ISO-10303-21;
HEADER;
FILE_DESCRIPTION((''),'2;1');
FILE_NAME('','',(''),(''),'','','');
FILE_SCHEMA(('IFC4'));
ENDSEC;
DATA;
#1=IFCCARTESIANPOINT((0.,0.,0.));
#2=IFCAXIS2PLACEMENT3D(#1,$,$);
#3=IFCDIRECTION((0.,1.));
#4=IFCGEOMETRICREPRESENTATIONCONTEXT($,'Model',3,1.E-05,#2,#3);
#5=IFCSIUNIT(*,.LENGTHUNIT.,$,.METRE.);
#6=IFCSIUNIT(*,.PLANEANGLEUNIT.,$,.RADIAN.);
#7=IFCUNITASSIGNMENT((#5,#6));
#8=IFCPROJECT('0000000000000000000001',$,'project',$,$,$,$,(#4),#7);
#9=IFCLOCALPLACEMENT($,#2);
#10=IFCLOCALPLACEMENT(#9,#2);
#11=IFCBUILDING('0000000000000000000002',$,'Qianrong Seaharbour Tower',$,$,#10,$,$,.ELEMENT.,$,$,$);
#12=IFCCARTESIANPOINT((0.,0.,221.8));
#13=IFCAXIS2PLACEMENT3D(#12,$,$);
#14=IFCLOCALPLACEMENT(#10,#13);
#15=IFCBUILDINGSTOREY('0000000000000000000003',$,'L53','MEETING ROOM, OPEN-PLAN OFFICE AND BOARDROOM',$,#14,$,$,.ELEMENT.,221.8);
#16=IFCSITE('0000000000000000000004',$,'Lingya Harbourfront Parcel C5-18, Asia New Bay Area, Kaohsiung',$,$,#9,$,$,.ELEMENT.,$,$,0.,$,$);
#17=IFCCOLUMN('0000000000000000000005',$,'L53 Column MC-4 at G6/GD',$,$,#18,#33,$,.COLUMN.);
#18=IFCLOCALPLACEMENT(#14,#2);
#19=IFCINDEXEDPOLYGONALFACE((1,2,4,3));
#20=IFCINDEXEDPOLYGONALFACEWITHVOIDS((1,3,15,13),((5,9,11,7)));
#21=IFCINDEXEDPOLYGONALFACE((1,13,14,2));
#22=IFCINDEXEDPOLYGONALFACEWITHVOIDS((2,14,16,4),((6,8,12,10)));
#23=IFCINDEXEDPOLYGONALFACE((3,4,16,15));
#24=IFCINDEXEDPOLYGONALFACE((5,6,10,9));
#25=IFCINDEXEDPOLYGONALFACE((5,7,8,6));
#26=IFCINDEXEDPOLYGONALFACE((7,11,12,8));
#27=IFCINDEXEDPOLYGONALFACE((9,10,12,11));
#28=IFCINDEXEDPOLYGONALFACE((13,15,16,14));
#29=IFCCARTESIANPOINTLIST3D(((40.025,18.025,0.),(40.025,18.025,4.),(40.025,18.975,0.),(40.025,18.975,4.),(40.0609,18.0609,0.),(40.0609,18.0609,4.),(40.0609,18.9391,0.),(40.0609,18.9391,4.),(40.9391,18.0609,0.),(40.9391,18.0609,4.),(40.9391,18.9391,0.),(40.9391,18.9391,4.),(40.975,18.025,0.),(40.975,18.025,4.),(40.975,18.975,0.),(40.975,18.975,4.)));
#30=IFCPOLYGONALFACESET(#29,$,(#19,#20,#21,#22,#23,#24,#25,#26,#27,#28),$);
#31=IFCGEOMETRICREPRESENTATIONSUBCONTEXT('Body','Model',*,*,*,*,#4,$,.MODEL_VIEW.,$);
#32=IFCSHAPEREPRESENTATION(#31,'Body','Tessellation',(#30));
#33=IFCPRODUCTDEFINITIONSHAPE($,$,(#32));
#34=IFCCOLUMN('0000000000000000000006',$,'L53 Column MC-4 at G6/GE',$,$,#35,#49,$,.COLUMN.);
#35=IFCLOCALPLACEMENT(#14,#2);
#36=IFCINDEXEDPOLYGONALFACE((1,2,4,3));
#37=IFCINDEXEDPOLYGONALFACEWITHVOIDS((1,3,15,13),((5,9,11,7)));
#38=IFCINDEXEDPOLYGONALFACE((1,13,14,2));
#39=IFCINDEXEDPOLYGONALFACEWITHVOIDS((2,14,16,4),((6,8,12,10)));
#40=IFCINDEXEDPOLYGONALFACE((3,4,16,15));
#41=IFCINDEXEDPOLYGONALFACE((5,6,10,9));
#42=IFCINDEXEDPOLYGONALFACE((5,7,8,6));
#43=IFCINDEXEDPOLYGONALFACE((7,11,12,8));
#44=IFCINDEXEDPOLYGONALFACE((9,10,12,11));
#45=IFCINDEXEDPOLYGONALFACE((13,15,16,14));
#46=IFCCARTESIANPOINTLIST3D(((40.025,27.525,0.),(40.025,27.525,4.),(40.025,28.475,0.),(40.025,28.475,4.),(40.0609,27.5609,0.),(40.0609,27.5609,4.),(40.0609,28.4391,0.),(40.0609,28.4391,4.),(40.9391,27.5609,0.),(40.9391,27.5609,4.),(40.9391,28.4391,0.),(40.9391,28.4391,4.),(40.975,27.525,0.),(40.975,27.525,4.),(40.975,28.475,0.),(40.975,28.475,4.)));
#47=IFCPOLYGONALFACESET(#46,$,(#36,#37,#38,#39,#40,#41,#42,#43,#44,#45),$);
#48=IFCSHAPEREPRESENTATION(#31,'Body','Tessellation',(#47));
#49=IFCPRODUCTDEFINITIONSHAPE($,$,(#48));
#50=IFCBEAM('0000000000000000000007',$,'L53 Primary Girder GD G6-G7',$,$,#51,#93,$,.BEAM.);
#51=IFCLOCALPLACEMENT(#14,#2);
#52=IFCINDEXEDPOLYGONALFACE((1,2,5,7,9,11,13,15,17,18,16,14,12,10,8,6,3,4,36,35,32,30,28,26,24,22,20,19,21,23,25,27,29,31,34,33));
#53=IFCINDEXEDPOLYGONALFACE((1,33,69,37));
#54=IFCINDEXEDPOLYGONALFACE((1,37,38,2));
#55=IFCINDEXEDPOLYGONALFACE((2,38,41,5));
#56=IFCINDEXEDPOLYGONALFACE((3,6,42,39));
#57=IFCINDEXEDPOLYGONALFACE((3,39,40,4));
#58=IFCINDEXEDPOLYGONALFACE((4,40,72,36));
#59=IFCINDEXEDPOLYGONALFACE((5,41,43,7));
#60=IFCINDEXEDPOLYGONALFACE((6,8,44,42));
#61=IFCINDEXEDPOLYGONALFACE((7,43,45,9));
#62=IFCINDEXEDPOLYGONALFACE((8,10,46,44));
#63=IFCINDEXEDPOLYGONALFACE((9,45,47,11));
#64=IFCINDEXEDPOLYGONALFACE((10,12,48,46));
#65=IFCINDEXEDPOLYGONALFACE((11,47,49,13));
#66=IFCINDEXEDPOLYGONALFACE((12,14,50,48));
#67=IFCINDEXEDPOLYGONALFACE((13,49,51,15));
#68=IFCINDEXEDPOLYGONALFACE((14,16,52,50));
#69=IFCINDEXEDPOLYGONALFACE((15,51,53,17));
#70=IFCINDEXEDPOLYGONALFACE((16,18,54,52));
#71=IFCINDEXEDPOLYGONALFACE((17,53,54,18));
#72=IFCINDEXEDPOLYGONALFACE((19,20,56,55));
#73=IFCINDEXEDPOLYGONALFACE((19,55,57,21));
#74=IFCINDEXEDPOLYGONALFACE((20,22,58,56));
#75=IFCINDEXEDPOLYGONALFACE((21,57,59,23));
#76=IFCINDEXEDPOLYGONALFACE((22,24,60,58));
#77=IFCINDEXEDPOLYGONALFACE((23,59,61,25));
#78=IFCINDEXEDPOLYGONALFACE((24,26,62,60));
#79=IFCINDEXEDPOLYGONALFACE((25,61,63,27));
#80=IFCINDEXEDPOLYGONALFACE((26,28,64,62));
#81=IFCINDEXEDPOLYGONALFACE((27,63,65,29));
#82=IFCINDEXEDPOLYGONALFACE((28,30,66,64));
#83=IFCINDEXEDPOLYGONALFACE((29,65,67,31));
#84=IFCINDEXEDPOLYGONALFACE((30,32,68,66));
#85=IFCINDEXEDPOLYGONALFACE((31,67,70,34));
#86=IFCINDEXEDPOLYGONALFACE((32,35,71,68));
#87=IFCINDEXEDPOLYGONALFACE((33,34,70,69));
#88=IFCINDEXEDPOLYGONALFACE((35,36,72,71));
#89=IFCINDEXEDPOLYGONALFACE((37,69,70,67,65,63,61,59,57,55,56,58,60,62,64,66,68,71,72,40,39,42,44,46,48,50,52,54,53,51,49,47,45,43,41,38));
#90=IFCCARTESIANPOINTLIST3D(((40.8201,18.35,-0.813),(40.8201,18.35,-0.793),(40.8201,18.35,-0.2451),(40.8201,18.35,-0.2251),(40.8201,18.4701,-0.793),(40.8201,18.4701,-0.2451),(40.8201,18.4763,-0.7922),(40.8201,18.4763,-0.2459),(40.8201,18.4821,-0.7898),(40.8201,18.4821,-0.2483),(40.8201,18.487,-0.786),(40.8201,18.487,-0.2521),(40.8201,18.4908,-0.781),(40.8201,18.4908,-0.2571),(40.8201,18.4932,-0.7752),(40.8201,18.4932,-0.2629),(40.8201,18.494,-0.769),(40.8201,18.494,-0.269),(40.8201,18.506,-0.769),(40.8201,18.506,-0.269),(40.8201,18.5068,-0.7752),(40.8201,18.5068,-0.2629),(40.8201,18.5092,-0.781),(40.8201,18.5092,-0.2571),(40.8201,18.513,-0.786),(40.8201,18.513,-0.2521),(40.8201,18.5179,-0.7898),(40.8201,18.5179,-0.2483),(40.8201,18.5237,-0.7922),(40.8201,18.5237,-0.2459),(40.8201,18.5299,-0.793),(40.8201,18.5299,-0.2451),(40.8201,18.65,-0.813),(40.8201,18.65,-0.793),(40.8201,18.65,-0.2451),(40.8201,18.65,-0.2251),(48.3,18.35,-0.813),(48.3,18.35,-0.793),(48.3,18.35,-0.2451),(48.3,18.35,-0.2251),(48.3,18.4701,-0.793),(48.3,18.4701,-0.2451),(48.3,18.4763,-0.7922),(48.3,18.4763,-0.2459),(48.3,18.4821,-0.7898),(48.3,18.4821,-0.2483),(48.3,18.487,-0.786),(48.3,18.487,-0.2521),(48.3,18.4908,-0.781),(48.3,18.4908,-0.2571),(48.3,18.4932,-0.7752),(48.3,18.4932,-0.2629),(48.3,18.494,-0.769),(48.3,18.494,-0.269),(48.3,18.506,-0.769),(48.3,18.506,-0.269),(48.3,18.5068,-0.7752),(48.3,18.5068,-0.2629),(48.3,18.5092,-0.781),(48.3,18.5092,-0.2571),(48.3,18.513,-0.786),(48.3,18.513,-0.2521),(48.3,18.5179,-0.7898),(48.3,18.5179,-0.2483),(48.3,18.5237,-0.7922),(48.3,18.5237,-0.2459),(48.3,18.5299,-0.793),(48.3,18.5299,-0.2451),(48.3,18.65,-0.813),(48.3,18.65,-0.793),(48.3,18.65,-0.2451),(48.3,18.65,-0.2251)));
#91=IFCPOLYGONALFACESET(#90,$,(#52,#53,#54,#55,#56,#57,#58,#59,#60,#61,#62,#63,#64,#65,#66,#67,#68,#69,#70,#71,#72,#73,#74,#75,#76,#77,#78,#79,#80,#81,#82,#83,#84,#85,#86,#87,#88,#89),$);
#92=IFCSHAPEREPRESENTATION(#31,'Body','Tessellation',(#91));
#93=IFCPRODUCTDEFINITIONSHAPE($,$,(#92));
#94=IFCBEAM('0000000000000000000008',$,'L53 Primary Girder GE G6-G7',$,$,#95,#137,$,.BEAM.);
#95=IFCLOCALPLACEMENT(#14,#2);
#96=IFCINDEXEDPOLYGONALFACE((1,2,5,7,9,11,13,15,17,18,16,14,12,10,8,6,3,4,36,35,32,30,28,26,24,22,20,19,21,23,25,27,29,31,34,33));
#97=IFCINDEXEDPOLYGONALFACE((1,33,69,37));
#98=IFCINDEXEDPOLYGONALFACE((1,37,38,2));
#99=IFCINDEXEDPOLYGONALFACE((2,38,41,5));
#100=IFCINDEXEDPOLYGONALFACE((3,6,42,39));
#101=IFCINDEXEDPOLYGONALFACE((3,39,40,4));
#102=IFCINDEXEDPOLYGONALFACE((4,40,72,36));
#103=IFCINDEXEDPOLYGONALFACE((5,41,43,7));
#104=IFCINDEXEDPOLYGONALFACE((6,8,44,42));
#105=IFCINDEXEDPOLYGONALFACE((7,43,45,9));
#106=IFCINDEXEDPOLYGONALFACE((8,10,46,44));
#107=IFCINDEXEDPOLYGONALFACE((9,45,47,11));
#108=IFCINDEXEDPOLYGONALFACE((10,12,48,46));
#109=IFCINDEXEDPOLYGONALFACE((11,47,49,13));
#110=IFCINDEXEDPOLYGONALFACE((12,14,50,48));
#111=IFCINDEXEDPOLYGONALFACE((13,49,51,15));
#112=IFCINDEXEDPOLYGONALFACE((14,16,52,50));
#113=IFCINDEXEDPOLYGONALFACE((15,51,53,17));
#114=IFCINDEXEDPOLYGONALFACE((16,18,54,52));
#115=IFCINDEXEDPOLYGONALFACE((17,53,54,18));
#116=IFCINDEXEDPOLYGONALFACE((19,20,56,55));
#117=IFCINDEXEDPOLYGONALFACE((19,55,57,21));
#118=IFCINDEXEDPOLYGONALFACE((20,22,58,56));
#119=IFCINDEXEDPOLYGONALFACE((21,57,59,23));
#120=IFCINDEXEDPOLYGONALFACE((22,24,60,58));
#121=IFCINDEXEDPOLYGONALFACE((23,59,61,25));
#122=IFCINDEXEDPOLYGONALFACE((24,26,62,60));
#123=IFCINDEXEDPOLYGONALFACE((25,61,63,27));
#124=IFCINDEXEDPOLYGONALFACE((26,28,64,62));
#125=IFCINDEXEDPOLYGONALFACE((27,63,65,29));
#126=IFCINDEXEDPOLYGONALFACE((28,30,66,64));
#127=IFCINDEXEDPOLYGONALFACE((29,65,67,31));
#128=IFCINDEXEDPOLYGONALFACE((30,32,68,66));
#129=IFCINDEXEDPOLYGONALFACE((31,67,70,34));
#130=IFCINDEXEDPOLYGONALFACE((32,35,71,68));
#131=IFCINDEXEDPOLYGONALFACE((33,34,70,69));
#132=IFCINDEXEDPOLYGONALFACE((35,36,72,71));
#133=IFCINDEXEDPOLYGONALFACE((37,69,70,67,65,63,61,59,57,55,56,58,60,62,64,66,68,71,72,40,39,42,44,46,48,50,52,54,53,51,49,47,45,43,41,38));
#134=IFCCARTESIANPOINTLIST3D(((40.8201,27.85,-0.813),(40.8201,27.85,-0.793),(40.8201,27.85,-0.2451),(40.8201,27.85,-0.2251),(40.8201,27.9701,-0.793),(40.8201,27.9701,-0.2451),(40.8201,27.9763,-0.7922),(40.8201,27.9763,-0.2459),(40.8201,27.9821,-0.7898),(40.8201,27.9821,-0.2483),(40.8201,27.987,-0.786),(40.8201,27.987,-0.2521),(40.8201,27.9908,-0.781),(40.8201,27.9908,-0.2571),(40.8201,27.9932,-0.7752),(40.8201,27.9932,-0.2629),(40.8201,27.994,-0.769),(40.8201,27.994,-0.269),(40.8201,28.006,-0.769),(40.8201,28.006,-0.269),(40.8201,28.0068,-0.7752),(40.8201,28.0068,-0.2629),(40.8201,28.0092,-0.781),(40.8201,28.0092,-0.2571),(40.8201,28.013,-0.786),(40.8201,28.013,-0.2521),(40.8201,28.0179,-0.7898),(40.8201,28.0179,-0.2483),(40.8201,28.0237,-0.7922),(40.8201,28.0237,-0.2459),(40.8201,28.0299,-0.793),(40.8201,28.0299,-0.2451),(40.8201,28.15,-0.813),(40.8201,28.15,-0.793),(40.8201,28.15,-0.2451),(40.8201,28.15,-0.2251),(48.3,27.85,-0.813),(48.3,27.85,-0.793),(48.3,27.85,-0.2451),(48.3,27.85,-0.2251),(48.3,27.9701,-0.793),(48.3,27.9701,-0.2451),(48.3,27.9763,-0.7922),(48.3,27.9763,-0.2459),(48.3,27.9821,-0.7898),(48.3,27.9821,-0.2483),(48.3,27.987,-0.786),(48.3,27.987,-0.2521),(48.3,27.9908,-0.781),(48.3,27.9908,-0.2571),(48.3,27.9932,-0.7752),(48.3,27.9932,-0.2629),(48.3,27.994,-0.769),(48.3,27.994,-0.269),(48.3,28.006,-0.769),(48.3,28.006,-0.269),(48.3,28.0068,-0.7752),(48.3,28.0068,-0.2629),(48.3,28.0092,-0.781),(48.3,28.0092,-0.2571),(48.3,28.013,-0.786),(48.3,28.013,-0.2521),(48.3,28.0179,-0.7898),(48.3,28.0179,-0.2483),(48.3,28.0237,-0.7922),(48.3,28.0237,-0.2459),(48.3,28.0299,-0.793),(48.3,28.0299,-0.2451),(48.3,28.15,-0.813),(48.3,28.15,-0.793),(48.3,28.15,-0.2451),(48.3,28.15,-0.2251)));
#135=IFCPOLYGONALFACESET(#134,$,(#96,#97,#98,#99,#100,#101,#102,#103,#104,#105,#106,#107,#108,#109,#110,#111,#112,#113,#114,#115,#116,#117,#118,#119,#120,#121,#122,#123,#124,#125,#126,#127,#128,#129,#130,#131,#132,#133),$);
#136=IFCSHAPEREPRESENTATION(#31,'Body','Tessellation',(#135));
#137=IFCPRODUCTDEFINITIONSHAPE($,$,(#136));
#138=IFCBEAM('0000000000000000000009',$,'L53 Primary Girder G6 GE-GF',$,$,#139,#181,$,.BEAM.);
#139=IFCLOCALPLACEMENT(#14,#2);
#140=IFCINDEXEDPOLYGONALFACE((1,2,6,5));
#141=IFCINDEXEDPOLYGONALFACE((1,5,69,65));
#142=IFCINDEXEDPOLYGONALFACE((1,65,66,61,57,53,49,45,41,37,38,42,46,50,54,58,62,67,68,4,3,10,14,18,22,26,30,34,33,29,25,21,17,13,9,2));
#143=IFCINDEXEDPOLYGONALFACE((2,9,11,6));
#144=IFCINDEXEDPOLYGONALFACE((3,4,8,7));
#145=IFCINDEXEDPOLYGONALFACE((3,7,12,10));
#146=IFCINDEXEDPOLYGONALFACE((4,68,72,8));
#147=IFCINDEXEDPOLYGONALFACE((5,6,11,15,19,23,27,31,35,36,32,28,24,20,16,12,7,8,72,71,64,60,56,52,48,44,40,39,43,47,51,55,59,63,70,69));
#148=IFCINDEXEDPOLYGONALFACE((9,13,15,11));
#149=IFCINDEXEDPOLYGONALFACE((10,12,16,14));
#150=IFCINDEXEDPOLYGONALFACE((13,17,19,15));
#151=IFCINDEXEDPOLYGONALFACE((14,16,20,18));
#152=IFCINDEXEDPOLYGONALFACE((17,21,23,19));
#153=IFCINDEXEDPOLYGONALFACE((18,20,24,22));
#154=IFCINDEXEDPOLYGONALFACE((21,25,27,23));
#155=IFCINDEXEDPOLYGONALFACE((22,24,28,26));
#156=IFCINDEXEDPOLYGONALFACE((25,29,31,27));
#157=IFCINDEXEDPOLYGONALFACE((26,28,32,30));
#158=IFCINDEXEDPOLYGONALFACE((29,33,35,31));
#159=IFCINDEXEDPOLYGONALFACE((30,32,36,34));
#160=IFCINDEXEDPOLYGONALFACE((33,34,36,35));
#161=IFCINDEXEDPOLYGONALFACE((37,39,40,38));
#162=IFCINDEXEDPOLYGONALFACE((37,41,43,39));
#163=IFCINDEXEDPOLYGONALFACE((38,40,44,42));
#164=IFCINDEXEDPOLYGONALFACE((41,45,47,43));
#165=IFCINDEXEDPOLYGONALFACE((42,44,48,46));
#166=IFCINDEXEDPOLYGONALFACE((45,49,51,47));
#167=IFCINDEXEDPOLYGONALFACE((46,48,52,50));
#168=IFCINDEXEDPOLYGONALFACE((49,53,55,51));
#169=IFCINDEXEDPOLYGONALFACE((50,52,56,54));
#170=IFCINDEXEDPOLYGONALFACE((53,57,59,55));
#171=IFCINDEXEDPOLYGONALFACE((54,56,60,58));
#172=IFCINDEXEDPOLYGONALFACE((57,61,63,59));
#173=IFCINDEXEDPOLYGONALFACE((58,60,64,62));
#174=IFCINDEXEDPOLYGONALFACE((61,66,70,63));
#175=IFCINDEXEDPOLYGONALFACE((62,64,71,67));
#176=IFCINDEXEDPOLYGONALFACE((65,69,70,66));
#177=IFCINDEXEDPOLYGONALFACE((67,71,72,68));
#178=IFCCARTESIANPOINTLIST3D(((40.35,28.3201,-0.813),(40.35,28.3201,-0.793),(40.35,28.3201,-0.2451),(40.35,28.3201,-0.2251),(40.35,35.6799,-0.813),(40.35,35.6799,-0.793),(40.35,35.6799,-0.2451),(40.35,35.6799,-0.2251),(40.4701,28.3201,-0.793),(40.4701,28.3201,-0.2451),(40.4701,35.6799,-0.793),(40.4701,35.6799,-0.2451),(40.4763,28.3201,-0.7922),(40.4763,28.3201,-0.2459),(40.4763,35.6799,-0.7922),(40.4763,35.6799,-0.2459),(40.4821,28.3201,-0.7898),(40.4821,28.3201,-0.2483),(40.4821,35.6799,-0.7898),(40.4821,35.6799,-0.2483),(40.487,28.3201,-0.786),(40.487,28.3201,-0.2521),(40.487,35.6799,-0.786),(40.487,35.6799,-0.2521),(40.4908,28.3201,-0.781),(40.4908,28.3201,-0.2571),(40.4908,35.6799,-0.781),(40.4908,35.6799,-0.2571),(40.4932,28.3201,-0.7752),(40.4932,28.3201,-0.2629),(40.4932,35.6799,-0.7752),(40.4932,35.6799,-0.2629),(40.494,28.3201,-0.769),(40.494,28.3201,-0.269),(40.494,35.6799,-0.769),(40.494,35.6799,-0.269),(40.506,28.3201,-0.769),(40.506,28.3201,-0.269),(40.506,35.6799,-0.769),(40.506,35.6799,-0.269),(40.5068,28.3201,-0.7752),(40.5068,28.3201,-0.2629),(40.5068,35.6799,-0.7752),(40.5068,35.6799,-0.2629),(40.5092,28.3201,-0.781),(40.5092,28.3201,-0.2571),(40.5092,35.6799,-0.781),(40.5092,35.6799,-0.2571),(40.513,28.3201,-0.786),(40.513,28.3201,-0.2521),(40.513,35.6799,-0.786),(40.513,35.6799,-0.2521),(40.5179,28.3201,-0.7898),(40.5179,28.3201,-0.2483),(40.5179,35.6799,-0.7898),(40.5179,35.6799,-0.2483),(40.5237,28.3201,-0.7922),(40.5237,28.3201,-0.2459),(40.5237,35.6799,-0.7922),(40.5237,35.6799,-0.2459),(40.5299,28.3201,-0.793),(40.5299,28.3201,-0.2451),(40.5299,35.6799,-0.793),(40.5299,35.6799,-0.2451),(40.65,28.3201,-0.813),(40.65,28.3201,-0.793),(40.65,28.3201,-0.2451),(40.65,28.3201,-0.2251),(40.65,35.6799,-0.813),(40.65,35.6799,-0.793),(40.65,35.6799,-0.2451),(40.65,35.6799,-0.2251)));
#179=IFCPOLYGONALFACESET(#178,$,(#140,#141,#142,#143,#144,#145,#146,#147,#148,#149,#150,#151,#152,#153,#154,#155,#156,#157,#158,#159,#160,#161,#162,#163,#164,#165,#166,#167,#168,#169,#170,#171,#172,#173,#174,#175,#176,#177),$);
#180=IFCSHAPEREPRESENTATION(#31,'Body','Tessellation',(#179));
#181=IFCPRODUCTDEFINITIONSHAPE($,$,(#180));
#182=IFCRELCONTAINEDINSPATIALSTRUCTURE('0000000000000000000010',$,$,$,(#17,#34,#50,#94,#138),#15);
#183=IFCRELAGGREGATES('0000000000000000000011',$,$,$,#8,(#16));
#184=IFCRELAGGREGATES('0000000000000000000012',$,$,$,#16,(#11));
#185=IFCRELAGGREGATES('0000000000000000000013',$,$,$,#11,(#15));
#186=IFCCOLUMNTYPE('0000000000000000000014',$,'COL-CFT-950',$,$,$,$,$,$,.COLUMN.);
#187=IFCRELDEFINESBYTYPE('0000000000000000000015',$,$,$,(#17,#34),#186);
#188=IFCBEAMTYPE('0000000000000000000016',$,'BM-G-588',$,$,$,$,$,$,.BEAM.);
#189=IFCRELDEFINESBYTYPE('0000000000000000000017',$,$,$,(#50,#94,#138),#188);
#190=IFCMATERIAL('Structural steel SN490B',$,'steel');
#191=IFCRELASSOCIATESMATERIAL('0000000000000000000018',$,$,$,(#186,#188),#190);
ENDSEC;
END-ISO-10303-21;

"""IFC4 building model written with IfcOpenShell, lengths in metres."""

from ifc_helpers import new_model, si_unit, direction, frame, origin, origin_2d, place, context, subcontext, project, spatial, hollow_rectangle, i_section, extrude, material, material_profile, profile_set, type_object, element, save


model = new_model("IFC4")

# Units and contexts
model_context = context("Model", 3, precision=1e-05, world=origin(), true_north=direction((0.0, 1.0)))
body_context = subcontext(model_context, "Body", "Model", "MODEL_VIEW")
ifc_project = project(units=[si_unit("LENGTHUNIT", "METRE"), si_unit("PLANEANGLEUNIT", "RADIAN")], contexts=[model_context])

# Site, building, storey
site_placement = place(None, origin())
site = spatial("IfcSite", under=ifc_project, at=site_placement, Name="Lingya Harbourfront Parcel C5-18, Asia New Bay Area, Kaohsiung", CompositionType="ELEMENT", RefElevation=0.0)
building_placement = place(site_placement, origin())
building = spatial("IfcBuilding", under=site, at=building_placement, Name="Qianrong Seaharbour Tower", CompositionType="ELEMENT")
storey_placement = place(building_placement, frame((0.0, 0.0, 221.8)))
storey = spatial("IfcBuildingStorey", under=building, at=storey_placement, Name="L53", Description="MEETING ROOM, OPEN-PLAN OFFICE AND BOARDROOM", CompositionType="ELEMENT", Elevation=221.8)

# Columns
ifc_material_1 = material(Name="Structural steel SN490B", Category="steel")
ifc_material_profile_1 = material_profile(ifc_material_1, hollow_rectangle(XDim=0.95, YDim=0.95, WallThickness=0.0359, at=origin_2d()), Name="BOX950x950x36")
ifc_profile_set_1 = profile_set([ifc_material_profile_1], Name="Structural steel SN490B")
column_type = type_object("IfcColumnType", Name="COL-CFT-950", PredefinedType="COLUMN", material=ifc_profile_set_1)
for number, where, z_axis, x_axis, name in (
    (1, (40.5, 18.5, 0.0), (0.0, 0.0, 1.0), (1.0, 0.0, 0.0), "L53 Column MC-4 at G6/GD"),
    (2, (40.5, 28.0, 0.0), (0.0, 0.0, 1.0), (1.0, 0.0, 0.0), "L53 Column MC-4 at G6/GE"),
):
    element("IfcColumn", number, at=place(storey_placement, frame(where, z_axis=z_axis, x_axis=x_axis)), inside=storey, type_object=column_type, Name=name, PredefinedType="COLUMN", context=body_context, shape_type="SweptSolid", body=[
        extrude(hollow_rectangle(XDim=0.95, YDim=0.95, WallThickness=0.0359, at=origin_2d()), origin(), (0.0, 0.0, 1.0), 4.0),
    ])

# Beams
ifc_material_profile_2 = material_profile(ifc_material_1, i_section(OverallWidth=0.3, OverallDepth=0.5879, WebThickness=0.012, FlangeThickness=0.02, FilletRadius=0.0239, at=origin_2d()), Name="H588x300x12x20")
ifc_profile_set_2 = profile_set([ifc_material_profile_2], Name="Structural steel SN490B")
beam_type_1 = type_object("IfcBeamType", Name="BM-G-588", PredefinedType="BEAM", material=ifc_profile_set_2)
for number, where, z_axis, x_axis, name in (
    (3, (40.8201, 18.5, -0.519), (1.0, 0.0, 0.0), (0.0, 1.0, 0.0), "L53 Primary Girder GD G6-G7"),
    (4, (40.8201, 28.0, -0.519), (1.0, 0.0, 0.0), (0.0, 1.0, 0.0), "L53 Primary Girder GE G6-G7"),
):
    element("IfcBeam", number, at=place(storey_placement, frame(where, z_axis=z_axis, x_axis=x_axis)), inside=storey, type_object=beam_type_1, Name=name, PredefinedType="BEAM", context=body_context, shape_type="SweptSolid", body=[
        extrude(i_section(OverallWidth=0.3, OverallDepth=0.5879, WebThickness=0.012, FlangeThickness=0.02, FilletRadius=0.0239, at=origin_2d()), origin(), (0.0, 0.0, 1.0), 7.48),
    ])
beam_1_placement = place(storey_placement, frame((40.5, 28.3201, -0.519), z_axis=(0.0, 1.0, 0.0), x_axis=(-1.0, 0.0, 0.0)))
element("IfcBeam", 5, at=beam_1_placement, inside=storey, type_object=beam_type_1, Name="L53 Primary Girder G6 GE-GF", PredefinedType="BEAM", context=body_context, shape_type="SweptSolid", body=[
    extrude(i_section(OverallWidth=0.3, OverallDepth=0.5879, WebThickness=0.012, FlangeThickness=0.02, FilletRadius=0.0239, at=origin_2d()), origin(), (0.0, 0.0, 1.0), 7.3599),
])

save(model, "model.ifc")
